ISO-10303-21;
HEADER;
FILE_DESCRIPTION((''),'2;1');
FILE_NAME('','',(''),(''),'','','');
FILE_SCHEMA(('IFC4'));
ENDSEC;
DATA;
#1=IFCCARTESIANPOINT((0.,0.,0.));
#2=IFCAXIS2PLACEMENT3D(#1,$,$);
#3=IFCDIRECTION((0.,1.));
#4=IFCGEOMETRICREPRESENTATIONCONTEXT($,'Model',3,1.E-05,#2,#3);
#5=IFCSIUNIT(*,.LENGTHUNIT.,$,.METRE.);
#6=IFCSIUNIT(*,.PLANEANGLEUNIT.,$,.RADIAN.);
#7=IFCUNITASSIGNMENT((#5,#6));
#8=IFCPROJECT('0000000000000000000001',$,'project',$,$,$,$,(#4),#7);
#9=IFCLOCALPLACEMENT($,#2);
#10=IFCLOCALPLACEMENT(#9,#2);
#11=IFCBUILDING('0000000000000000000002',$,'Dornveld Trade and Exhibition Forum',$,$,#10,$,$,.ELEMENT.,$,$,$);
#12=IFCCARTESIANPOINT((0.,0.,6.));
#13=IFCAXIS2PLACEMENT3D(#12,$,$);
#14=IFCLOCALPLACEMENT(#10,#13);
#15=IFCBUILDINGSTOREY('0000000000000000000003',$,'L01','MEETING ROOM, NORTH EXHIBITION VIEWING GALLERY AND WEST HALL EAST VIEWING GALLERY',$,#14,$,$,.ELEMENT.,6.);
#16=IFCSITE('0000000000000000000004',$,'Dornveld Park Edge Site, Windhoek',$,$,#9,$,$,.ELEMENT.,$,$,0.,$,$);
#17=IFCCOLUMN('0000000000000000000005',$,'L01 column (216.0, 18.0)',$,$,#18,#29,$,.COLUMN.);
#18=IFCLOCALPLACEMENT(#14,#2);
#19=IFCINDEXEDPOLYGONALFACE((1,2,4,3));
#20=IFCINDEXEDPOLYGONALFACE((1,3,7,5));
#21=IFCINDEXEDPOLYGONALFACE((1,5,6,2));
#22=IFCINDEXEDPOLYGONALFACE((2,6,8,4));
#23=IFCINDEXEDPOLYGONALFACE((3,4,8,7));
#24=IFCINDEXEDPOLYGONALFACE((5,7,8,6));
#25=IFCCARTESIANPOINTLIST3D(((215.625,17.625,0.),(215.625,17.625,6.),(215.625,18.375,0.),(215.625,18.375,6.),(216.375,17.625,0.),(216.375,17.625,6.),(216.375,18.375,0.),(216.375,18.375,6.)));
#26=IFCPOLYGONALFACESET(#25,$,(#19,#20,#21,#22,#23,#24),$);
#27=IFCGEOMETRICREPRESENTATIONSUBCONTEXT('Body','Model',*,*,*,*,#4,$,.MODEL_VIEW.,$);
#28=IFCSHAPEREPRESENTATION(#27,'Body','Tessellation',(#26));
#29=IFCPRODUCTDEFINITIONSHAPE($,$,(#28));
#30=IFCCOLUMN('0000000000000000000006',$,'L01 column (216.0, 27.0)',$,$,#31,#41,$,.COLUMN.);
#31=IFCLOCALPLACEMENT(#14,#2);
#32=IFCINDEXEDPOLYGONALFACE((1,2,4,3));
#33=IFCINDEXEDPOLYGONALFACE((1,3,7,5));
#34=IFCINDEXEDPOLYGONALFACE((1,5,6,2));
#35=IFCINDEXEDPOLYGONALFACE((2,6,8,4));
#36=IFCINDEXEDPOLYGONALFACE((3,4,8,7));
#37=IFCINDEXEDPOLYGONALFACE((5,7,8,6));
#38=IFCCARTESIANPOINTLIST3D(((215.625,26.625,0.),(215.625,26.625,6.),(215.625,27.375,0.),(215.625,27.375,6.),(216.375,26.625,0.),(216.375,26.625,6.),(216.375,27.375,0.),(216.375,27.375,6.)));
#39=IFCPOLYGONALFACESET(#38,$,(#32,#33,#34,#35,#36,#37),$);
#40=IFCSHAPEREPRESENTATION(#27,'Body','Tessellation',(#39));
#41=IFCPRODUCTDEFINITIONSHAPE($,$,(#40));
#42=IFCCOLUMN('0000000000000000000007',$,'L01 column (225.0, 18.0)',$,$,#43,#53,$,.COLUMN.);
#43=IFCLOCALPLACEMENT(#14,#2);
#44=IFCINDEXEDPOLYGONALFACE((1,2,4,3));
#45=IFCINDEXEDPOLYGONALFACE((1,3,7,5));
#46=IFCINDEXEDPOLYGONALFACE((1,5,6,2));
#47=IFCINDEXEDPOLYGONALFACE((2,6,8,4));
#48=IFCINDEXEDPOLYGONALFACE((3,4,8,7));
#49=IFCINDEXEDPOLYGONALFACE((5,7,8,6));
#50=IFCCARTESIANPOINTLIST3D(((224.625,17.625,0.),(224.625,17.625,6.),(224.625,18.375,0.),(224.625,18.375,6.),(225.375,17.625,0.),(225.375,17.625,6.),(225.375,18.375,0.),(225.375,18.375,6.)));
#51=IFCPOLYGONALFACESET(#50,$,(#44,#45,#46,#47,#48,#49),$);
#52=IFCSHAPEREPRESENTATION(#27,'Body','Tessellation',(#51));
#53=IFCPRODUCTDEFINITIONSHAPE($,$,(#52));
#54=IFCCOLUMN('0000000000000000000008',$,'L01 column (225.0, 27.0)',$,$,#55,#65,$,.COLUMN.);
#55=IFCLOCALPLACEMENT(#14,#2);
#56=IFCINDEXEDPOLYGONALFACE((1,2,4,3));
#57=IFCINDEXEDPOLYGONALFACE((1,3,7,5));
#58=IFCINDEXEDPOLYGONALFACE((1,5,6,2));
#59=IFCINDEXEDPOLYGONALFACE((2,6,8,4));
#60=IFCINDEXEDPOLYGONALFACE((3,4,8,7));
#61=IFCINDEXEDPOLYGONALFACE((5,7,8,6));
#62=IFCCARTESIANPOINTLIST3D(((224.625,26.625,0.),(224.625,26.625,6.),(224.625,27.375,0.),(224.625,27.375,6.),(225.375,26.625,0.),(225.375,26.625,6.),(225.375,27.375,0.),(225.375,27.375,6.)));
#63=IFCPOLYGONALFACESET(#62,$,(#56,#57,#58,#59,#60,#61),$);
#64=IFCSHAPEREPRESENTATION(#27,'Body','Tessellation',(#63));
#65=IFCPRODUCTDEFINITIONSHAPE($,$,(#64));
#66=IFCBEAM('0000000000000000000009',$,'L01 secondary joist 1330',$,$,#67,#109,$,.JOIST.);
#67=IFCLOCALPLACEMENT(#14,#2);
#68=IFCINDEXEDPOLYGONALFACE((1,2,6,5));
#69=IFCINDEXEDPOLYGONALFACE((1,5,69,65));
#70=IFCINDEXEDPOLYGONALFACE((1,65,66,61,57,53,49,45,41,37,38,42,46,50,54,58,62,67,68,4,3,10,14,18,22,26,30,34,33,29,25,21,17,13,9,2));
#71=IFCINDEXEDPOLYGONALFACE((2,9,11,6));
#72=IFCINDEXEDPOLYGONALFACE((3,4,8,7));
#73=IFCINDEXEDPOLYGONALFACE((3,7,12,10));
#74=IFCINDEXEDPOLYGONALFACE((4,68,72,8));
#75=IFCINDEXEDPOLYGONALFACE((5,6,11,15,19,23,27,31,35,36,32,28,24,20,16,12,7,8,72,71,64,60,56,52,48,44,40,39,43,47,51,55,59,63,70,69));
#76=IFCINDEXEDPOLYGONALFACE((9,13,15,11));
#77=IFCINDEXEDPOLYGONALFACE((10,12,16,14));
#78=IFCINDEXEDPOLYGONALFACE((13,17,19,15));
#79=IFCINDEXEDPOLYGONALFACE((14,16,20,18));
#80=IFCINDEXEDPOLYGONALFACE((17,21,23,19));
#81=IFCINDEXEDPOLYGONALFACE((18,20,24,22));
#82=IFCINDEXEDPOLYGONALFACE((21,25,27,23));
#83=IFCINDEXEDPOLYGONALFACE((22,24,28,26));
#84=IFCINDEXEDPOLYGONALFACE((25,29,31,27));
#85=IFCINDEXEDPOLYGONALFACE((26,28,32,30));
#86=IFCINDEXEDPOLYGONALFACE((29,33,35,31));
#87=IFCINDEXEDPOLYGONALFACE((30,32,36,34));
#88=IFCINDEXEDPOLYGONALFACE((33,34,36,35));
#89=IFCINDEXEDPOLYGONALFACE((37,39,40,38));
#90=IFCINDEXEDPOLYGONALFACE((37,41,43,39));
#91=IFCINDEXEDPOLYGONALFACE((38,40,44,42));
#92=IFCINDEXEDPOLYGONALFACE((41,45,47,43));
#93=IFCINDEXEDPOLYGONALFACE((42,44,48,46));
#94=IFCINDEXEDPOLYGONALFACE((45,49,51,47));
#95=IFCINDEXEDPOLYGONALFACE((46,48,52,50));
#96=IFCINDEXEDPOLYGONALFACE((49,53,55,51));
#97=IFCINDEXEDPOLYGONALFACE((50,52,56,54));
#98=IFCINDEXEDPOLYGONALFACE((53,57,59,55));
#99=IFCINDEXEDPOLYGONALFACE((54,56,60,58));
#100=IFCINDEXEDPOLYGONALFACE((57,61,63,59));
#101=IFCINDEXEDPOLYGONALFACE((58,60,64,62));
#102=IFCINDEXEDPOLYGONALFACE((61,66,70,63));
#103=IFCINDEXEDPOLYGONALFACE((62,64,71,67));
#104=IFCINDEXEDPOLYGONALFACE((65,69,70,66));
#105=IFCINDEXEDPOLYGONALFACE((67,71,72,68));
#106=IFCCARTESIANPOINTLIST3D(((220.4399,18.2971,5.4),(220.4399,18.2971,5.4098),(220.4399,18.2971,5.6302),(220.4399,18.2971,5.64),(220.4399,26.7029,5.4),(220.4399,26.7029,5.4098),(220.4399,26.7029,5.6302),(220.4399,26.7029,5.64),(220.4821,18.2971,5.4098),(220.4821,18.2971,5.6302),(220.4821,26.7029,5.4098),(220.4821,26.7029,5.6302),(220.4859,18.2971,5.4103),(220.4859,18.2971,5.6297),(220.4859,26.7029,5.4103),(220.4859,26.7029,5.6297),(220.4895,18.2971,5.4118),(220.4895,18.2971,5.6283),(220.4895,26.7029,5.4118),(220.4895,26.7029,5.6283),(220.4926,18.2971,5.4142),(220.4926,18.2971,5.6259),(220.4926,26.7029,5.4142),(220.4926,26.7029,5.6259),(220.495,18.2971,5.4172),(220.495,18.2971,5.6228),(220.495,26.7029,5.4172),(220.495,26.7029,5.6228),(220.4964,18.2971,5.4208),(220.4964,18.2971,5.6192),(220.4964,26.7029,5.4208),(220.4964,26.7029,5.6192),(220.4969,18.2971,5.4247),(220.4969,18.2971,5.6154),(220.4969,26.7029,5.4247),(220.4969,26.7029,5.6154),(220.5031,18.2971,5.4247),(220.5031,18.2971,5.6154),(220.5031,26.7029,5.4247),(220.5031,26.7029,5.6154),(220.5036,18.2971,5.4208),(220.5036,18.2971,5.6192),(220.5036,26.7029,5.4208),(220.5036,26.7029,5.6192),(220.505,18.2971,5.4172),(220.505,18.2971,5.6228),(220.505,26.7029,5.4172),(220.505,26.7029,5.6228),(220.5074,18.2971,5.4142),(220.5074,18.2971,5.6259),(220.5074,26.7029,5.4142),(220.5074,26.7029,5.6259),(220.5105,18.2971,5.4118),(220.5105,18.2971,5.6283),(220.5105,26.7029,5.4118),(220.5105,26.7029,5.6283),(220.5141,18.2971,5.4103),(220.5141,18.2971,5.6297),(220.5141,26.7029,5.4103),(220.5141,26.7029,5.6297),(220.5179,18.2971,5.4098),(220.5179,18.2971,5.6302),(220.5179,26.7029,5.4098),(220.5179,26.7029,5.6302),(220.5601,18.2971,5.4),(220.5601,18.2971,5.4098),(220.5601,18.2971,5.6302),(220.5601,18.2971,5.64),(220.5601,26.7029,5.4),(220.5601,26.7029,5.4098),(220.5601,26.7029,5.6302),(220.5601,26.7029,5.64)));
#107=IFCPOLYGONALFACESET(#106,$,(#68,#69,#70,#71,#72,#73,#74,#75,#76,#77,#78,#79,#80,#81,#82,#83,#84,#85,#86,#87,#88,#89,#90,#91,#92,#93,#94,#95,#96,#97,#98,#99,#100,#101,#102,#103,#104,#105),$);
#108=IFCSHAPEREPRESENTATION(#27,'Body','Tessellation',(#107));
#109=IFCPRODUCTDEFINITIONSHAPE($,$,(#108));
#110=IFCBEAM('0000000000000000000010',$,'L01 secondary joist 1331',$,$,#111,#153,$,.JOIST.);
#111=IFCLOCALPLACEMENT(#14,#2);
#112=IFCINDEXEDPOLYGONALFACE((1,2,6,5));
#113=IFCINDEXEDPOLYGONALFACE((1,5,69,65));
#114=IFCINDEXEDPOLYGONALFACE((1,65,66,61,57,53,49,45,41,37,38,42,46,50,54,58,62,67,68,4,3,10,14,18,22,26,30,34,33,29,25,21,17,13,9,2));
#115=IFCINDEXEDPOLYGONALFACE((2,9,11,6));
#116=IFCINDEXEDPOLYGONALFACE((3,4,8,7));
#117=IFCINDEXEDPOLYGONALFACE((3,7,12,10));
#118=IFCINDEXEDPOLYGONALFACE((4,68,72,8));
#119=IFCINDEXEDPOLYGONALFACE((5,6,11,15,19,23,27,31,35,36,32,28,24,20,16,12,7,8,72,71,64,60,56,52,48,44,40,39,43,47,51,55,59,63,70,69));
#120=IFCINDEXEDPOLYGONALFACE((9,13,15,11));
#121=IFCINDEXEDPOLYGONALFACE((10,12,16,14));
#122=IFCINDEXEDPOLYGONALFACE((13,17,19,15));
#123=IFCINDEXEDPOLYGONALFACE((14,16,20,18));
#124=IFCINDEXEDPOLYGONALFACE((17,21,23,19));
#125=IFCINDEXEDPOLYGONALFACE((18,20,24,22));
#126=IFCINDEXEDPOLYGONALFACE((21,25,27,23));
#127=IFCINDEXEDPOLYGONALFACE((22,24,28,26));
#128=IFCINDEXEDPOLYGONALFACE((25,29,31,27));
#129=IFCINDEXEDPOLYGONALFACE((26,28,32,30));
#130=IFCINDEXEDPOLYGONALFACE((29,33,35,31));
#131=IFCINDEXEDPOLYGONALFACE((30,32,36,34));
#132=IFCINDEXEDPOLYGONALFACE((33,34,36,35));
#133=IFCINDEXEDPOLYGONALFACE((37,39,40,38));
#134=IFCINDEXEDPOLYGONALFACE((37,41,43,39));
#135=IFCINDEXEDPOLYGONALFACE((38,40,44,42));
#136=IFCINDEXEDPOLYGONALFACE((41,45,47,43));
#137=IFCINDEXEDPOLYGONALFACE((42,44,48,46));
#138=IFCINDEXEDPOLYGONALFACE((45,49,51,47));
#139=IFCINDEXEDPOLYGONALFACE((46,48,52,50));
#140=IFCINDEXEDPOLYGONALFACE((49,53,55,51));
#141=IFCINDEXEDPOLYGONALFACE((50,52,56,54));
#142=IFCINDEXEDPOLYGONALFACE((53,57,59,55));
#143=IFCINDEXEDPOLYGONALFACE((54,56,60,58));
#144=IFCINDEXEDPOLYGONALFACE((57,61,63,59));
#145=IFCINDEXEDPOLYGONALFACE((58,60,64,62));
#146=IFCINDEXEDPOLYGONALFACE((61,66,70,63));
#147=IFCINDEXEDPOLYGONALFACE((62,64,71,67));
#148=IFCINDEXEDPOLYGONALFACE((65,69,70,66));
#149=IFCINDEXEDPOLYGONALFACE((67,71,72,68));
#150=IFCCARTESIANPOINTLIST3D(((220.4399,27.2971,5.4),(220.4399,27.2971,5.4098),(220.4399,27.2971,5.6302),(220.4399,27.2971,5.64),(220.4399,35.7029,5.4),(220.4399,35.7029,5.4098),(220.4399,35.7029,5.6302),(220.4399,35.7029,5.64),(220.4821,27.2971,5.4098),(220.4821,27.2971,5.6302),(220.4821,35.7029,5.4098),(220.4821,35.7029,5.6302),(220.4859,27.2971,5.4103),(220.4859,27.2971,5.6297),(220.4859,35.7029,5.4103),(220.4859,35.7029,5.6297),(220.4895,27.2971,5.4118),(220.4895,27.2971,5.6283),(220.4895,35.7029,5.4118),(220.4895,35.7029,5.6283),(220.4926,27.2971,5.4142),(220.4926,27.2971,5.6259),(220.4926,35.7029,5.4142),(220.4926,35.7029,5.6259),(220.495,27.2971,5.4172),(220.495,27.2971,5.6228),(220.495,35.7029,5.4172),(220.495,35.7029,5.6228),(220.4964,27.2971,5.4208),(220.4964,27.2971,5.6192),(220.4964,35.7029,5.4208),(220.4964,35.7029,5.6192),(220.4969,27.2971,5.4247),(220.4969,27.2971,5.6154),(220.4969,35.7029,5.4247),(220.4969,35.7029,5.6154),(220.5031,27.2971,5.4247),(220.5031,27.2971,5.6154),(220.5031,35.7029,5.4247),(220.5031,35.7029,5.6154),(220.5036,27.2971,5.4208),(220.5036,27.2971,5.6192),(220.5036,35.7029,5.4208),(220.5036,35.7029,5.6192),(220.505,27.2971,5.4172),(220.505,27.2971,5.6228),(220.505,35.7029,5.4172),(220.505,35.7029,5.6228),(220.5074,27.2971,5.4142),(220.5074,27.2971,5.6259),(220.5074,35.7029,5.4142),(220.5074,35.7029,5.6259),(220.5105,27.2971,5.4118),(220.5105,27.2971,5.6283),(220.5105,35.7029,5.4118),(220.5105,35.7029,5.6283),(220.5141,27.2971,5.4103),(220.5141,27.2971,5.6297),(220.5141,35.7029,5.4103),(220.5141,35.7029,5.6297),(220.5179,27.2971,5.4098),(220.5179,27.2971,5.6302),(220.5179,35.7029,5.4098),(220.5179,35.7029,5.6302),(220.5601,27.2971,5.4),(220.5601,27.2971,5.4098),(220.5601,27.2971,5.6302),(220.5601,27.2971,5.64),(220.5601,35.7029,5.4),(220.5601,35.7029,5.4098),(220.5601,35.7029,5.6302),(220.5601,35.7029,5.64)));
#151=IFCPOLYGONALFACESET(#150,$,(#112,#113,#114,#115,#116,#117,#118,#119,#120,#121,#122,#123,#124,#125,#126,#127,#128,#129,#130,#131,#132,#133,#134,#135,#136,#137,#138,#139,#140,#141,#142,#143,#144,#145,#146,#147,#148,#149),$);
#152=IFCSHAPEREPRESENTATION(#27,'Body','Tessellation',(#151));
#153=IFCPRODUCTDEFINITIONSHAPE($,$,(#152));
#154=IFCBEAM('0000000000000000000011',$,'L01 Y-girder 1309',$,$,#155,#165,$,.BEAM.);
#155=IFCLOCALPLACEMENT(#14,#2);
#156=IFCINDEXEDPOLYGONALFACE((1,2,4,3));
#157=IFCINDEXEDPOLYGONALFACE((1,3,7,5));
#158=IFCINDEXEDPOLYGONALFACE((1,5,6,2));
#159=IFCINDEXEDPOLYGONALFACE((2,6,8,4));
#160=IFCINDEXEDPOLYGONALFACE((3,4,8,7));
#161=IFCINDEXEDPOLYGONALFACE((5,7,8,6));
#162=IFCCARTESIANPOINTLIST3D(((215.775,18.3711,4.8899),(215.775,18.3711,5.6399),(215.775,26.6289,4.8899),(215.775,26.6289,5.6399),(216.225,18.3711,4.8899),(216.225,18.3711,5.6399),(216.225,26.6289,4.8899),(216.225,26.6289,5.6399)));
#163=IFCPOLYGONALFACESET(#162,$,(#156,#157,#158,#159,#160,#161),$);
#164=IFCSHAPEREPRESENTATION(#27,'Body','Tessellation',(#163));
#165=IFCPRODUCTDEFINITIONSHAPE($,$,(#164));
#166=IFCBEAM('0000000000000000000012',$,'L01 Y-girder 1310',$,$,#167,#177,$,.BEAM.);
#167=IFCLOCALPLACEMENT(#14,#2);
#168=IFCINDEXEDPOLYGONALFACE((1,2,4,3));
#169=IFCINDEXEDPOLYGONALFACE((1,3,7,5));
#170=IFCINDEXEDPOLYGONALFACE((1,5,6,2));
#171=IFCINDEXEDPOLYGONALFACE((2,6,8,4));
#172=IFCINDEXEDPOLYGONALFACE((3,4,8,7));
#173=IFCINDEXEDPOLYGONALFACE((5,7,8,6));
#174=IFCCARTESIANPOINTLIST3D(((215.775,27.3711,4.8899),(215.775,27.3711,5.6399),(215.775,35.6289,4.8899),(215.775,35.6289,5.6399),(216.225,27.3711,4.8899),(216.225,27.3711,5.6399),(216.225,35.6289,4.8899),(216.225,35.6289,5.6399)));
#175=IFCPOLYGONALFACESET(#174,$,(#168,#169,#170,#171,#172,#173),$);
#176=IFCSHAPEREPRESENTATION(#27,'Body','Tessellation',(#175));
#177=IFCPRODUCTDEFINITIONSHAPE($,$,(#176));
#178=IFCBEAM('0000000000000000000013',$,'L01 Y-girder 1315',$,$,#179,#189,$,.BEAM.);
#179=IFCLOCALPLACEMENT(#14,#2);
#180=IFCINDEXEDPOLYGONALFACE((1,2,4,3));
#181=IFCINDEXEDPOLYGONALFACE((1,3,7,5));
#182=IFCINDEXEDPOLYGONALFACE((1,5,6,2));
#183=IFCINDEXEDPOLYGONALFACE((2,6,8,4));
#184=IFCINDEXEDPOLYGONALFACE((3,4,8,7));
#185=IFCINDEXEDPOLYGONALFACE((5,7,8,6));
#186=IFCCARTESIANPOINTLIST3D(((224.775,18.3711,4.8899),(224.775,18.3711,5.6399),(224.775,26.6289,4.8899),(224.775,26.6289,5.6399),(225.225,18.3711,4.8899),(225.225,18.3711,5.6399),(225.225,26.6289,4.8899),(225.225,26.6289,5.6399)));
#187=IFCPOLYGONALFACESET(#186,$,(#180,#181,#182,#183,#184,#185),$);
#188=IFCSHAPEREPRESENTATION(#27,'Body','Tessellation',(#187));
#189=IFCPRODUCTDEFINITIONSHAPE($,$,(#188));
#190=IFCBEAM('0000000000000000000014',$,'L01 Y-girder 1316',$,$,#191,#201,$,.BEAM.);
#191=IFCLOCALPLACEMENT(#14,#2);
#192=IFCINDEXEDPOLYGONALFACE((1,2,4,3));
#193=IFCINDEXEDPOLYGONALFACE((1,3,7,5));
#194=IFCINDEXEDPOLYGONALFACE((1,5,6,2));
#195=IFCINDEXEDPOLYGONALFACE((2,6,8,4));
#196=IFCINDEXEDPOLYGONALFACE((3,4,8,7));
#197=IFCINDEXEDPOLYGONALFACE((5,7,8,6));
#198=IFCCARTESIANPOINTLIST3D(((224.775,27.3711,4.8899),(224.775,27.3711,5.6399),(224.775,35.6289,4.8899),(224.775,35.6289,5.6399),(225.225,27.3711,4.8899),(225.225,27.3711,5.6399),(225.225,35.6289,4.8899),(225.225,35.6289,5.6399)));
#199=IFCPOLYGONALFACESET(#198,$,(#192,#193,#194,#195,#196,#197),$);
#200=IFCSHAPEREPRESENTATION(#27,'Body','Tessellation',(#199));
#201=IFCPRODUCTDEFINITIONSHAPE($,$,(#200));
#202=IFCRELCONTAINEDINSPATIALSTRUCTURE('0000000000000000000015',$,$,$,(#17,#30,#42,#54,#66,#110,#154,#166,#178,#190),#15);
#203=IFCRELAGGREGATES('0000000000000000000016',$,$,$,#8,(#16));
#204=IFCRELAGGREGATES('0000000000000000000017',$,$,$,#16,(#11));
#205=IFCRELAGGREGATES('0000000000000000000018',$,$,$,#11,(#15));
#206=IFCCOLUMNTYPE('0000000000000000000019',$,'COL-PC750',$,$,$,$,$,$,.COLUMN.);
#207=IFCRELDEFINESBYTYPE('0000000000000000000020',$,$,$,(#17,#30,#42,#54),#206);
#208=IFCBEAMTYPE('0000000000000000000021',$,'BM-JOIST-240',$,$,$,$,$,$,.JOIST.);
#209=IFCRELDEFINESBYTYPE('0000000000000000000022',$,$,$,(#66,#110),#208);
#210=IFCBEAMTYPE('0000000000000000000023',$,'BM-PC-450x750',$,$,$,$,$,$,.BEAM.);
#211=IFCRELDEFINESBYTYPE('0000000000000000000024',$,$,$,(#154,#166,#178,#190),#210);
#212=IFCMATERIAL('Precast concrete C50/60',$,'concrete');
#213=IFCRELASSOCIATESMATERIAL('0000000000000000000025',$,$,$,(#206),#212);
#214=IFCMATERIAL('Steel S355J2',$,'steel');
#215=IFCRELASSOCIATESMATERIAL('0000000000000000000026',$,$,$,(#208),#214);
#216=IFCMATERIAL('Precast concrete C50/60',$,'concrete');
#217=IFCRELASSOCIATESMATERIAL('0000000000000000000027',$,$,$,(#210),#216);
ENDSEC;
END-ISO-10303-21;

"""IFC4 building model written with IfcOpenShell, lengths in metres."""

from ifc_helpers import new_model, si_unit, direction, frame, origin, origin_2d, place, context, subcontext, project, spatial, rectangle, i_section, extrude, material, material_profile, profile_set, type_object, element, save


model = new_model("IFC4")

# Units and contexts
model_context = context("Model", 3, precision=1e-05, world=origin(), true_north=direction((0.0, 1.0)))
body_context = subcontext(model_context, "Body", "Model", "MODEL_VIEW")
ifc_project = project(units=[si_unit("LENGTHUNIT", "METRE"), si_unit("PLANEANGLEUNIT", "RADIAN")], contexts=[model_context])

# Site, building, storey
site_placement = place(None, origin())
site = spatial("IfcSite", under=ifc_project, at=site_placement, Name="Dornveld Park Edge Site, Windhoek", CompositionType="ELEMENT", RefElevation=0.0)
building_placement = place(site_placement, origin())
building = spatial("IfcBuilding", under=site, at=building_placement, Name="Dornveld Trade and Exhibition Forum", CompositionType="ELEMENT")
storey_placement = place(building_placement, frame((0.0, 0.0, 6.0)))
storey = spatial("IfcBuildingStorey", under=building, at=storey_placement, Name="L01", Description="MEETING ROOM, NORTH EXHIBITION VIEWING GALLERY AND WEST HALL EAST VIEWING GALLERY", CompositionType="ELEMENT", Elevation=6.0)

# Columns
ifc_material_1 = material(Name="Precast concrete C50/60", Category="concrete")
ifc_material_profile_1 = material_profile(ifc_material_1, rectangle(XDim=0.75, YDim=0.75, at=origin_2d()), Name="PC-COL 750x750")
ifc_profile_set_1 = profile_set([ifc_material_profile_1], Name="Precast concrete C50/60")
column_type = type_object("IfcColumnType", Name="COL-PC750", PredefinedType="COLUMN", material=ifc_profile_set_1)
for number, where, z_axis, x_axis, name in (
    (1, (216.0, 18.0, 0.0), (0.0, 0.0, 1.0), (1.0, 0.0, 0.0), "L01 column (216.0, 18.0)"),
    (2, (216.0, 27.0, 0.0), (0.0, 0.0, 1.0), (1.0, 0.0, 0.0), "L01 column (216.0, 27.0)"),
    (3, (225.0, 18.0, 0.0), (0.0, 0.0, 1.0), (1.0, 0.0, 0.0), "L01 column (225.0, 18.0)"),
    (4, (225.0, 27.0, 0.0), (0.0, 0.0, 1.0), (1.0, 0.0, 0.0), "L01 column (225.0, 27.0)"),
):
    element("IfcColumn", number, at=place(storey_placement, frame(where, z_axis=z_axis, x_axis=x_axis)), inside=storey, type_object=column_type, Name=name, PredefinedType="COLUMN", context=body_context, shape_type="SweptSolid", body=[
        extrude(rectangle(XDim=0.75, YDim=0.75, at=origin_2d()), origin(), (0.0, 0.0, 1.0), 6.0),
    ])

# Beams
ifc_material_2 = material(Name="Steel S355J2", Category="steel")
ifc_material_profile_2 = material_profile(ifc_material_2, i_section(OverallWidth=0.1201, OverallDepth=0.24, WebThickness=0.0061, FlangeThickness=0.0098, FilletRadius=0.0149, at=origin_2d()), Name="IPE 240")
ifc_profile_set_2 = profile_set([ifc_material_profile_2], Name="Steel S355J2")
beam_type_1 = type_object("IfcBeamType", Name="BM-JOIST-240", PredefinedType="JOIST", material=ifc_profile_set_2)
for number, where, z_axis, x_axis, name in (
    (5, (220.5, 18.2971, 5.52), (0.0, 1.0, 0.0), (-1.0, 0.0, 0.0), "L01 secondary joist 1330"),
    (6, (220.5, 27.2971, 5.52), (0.0, 1.0, 0.0), (-1.0, 0.0, 0.0), "L01 secondary joist 1331"),
):
    element("IfcBeam", number, at=place(storey_placement, frame(where, z_axis=z_axis, x_axis=x_axis)), inside=storey, type_object=beam_type_1, Name=name, PredefinedType="JOIST", context=body_context, shape_type="SweptSolid", body=[
        extrude(i_section(OverallWidth=0.1201, OverallDepth=0.24, WebThickness=0.0061, FlangeThickness=0.0098, FilletRadius=0.0149, at=origin_2d()), origin(), (0.0, 0.0, 1.0), 8.4058),
    ])
ifc_material_3 = material(Name="Precast concrete C50/60", Category="concrete")
ifc_material_profile_3 = material_profile(ifc_material_3, rectangle(XDim=0.45, YDim=0.75, at=origin_2d()), Name="PC-BM 450x750")
ifc_profile_set_3 = profile_set([ifc_material_profile_3], Name="Precast concrete C50/60")
beam_type_2 = type_object("IfcBeamType", Name="BM-PC-450x750", PredefinedType="BEAM", material=ifc_profile_set_3)
for number, where, z_axis, x_axis, name in (
    (7, (216.0, 18.3711, 5.2649), (0.0, 1.0, 0.0), (-1.0, 0.0, 0.0), "L01 Y-girder 1309"),
    (8, (216.0, 27.3711, 5.2649), (0.0, 1.0, 0.0), (-1.0, 0.0, 0.0), "L01 Y-girder 1310"),
    (9, (225.0, 18.3711, 5.2649), (0.0, 1.0, 0.0), (-1.0, 0.0, 0.0), "L01 Y-girder 1315"),
    (10, (225.0, 27.3711, 5.2649), (0.0, 1.0, 0.0), (-1.0, 0.0, 0.0), "L01 Y-girder 1316"),
):
    element("IfcBeam", number, at=place(storey_placement, frame(where, z_axis=z_axis, x_axis=x_axis)), inside=storey, type_object=beam_type_2, Name=name, PredefinedType="BEAM", context=body_context, shape_type="SweptSolid", body=[
        extrude(rectangle(XDim=0.45, YDim=0.75, at=origin_2d()), origin(), (0.0, 0.0, 1.0), 8.2578),
    ])

save(model, "model.ifc")
